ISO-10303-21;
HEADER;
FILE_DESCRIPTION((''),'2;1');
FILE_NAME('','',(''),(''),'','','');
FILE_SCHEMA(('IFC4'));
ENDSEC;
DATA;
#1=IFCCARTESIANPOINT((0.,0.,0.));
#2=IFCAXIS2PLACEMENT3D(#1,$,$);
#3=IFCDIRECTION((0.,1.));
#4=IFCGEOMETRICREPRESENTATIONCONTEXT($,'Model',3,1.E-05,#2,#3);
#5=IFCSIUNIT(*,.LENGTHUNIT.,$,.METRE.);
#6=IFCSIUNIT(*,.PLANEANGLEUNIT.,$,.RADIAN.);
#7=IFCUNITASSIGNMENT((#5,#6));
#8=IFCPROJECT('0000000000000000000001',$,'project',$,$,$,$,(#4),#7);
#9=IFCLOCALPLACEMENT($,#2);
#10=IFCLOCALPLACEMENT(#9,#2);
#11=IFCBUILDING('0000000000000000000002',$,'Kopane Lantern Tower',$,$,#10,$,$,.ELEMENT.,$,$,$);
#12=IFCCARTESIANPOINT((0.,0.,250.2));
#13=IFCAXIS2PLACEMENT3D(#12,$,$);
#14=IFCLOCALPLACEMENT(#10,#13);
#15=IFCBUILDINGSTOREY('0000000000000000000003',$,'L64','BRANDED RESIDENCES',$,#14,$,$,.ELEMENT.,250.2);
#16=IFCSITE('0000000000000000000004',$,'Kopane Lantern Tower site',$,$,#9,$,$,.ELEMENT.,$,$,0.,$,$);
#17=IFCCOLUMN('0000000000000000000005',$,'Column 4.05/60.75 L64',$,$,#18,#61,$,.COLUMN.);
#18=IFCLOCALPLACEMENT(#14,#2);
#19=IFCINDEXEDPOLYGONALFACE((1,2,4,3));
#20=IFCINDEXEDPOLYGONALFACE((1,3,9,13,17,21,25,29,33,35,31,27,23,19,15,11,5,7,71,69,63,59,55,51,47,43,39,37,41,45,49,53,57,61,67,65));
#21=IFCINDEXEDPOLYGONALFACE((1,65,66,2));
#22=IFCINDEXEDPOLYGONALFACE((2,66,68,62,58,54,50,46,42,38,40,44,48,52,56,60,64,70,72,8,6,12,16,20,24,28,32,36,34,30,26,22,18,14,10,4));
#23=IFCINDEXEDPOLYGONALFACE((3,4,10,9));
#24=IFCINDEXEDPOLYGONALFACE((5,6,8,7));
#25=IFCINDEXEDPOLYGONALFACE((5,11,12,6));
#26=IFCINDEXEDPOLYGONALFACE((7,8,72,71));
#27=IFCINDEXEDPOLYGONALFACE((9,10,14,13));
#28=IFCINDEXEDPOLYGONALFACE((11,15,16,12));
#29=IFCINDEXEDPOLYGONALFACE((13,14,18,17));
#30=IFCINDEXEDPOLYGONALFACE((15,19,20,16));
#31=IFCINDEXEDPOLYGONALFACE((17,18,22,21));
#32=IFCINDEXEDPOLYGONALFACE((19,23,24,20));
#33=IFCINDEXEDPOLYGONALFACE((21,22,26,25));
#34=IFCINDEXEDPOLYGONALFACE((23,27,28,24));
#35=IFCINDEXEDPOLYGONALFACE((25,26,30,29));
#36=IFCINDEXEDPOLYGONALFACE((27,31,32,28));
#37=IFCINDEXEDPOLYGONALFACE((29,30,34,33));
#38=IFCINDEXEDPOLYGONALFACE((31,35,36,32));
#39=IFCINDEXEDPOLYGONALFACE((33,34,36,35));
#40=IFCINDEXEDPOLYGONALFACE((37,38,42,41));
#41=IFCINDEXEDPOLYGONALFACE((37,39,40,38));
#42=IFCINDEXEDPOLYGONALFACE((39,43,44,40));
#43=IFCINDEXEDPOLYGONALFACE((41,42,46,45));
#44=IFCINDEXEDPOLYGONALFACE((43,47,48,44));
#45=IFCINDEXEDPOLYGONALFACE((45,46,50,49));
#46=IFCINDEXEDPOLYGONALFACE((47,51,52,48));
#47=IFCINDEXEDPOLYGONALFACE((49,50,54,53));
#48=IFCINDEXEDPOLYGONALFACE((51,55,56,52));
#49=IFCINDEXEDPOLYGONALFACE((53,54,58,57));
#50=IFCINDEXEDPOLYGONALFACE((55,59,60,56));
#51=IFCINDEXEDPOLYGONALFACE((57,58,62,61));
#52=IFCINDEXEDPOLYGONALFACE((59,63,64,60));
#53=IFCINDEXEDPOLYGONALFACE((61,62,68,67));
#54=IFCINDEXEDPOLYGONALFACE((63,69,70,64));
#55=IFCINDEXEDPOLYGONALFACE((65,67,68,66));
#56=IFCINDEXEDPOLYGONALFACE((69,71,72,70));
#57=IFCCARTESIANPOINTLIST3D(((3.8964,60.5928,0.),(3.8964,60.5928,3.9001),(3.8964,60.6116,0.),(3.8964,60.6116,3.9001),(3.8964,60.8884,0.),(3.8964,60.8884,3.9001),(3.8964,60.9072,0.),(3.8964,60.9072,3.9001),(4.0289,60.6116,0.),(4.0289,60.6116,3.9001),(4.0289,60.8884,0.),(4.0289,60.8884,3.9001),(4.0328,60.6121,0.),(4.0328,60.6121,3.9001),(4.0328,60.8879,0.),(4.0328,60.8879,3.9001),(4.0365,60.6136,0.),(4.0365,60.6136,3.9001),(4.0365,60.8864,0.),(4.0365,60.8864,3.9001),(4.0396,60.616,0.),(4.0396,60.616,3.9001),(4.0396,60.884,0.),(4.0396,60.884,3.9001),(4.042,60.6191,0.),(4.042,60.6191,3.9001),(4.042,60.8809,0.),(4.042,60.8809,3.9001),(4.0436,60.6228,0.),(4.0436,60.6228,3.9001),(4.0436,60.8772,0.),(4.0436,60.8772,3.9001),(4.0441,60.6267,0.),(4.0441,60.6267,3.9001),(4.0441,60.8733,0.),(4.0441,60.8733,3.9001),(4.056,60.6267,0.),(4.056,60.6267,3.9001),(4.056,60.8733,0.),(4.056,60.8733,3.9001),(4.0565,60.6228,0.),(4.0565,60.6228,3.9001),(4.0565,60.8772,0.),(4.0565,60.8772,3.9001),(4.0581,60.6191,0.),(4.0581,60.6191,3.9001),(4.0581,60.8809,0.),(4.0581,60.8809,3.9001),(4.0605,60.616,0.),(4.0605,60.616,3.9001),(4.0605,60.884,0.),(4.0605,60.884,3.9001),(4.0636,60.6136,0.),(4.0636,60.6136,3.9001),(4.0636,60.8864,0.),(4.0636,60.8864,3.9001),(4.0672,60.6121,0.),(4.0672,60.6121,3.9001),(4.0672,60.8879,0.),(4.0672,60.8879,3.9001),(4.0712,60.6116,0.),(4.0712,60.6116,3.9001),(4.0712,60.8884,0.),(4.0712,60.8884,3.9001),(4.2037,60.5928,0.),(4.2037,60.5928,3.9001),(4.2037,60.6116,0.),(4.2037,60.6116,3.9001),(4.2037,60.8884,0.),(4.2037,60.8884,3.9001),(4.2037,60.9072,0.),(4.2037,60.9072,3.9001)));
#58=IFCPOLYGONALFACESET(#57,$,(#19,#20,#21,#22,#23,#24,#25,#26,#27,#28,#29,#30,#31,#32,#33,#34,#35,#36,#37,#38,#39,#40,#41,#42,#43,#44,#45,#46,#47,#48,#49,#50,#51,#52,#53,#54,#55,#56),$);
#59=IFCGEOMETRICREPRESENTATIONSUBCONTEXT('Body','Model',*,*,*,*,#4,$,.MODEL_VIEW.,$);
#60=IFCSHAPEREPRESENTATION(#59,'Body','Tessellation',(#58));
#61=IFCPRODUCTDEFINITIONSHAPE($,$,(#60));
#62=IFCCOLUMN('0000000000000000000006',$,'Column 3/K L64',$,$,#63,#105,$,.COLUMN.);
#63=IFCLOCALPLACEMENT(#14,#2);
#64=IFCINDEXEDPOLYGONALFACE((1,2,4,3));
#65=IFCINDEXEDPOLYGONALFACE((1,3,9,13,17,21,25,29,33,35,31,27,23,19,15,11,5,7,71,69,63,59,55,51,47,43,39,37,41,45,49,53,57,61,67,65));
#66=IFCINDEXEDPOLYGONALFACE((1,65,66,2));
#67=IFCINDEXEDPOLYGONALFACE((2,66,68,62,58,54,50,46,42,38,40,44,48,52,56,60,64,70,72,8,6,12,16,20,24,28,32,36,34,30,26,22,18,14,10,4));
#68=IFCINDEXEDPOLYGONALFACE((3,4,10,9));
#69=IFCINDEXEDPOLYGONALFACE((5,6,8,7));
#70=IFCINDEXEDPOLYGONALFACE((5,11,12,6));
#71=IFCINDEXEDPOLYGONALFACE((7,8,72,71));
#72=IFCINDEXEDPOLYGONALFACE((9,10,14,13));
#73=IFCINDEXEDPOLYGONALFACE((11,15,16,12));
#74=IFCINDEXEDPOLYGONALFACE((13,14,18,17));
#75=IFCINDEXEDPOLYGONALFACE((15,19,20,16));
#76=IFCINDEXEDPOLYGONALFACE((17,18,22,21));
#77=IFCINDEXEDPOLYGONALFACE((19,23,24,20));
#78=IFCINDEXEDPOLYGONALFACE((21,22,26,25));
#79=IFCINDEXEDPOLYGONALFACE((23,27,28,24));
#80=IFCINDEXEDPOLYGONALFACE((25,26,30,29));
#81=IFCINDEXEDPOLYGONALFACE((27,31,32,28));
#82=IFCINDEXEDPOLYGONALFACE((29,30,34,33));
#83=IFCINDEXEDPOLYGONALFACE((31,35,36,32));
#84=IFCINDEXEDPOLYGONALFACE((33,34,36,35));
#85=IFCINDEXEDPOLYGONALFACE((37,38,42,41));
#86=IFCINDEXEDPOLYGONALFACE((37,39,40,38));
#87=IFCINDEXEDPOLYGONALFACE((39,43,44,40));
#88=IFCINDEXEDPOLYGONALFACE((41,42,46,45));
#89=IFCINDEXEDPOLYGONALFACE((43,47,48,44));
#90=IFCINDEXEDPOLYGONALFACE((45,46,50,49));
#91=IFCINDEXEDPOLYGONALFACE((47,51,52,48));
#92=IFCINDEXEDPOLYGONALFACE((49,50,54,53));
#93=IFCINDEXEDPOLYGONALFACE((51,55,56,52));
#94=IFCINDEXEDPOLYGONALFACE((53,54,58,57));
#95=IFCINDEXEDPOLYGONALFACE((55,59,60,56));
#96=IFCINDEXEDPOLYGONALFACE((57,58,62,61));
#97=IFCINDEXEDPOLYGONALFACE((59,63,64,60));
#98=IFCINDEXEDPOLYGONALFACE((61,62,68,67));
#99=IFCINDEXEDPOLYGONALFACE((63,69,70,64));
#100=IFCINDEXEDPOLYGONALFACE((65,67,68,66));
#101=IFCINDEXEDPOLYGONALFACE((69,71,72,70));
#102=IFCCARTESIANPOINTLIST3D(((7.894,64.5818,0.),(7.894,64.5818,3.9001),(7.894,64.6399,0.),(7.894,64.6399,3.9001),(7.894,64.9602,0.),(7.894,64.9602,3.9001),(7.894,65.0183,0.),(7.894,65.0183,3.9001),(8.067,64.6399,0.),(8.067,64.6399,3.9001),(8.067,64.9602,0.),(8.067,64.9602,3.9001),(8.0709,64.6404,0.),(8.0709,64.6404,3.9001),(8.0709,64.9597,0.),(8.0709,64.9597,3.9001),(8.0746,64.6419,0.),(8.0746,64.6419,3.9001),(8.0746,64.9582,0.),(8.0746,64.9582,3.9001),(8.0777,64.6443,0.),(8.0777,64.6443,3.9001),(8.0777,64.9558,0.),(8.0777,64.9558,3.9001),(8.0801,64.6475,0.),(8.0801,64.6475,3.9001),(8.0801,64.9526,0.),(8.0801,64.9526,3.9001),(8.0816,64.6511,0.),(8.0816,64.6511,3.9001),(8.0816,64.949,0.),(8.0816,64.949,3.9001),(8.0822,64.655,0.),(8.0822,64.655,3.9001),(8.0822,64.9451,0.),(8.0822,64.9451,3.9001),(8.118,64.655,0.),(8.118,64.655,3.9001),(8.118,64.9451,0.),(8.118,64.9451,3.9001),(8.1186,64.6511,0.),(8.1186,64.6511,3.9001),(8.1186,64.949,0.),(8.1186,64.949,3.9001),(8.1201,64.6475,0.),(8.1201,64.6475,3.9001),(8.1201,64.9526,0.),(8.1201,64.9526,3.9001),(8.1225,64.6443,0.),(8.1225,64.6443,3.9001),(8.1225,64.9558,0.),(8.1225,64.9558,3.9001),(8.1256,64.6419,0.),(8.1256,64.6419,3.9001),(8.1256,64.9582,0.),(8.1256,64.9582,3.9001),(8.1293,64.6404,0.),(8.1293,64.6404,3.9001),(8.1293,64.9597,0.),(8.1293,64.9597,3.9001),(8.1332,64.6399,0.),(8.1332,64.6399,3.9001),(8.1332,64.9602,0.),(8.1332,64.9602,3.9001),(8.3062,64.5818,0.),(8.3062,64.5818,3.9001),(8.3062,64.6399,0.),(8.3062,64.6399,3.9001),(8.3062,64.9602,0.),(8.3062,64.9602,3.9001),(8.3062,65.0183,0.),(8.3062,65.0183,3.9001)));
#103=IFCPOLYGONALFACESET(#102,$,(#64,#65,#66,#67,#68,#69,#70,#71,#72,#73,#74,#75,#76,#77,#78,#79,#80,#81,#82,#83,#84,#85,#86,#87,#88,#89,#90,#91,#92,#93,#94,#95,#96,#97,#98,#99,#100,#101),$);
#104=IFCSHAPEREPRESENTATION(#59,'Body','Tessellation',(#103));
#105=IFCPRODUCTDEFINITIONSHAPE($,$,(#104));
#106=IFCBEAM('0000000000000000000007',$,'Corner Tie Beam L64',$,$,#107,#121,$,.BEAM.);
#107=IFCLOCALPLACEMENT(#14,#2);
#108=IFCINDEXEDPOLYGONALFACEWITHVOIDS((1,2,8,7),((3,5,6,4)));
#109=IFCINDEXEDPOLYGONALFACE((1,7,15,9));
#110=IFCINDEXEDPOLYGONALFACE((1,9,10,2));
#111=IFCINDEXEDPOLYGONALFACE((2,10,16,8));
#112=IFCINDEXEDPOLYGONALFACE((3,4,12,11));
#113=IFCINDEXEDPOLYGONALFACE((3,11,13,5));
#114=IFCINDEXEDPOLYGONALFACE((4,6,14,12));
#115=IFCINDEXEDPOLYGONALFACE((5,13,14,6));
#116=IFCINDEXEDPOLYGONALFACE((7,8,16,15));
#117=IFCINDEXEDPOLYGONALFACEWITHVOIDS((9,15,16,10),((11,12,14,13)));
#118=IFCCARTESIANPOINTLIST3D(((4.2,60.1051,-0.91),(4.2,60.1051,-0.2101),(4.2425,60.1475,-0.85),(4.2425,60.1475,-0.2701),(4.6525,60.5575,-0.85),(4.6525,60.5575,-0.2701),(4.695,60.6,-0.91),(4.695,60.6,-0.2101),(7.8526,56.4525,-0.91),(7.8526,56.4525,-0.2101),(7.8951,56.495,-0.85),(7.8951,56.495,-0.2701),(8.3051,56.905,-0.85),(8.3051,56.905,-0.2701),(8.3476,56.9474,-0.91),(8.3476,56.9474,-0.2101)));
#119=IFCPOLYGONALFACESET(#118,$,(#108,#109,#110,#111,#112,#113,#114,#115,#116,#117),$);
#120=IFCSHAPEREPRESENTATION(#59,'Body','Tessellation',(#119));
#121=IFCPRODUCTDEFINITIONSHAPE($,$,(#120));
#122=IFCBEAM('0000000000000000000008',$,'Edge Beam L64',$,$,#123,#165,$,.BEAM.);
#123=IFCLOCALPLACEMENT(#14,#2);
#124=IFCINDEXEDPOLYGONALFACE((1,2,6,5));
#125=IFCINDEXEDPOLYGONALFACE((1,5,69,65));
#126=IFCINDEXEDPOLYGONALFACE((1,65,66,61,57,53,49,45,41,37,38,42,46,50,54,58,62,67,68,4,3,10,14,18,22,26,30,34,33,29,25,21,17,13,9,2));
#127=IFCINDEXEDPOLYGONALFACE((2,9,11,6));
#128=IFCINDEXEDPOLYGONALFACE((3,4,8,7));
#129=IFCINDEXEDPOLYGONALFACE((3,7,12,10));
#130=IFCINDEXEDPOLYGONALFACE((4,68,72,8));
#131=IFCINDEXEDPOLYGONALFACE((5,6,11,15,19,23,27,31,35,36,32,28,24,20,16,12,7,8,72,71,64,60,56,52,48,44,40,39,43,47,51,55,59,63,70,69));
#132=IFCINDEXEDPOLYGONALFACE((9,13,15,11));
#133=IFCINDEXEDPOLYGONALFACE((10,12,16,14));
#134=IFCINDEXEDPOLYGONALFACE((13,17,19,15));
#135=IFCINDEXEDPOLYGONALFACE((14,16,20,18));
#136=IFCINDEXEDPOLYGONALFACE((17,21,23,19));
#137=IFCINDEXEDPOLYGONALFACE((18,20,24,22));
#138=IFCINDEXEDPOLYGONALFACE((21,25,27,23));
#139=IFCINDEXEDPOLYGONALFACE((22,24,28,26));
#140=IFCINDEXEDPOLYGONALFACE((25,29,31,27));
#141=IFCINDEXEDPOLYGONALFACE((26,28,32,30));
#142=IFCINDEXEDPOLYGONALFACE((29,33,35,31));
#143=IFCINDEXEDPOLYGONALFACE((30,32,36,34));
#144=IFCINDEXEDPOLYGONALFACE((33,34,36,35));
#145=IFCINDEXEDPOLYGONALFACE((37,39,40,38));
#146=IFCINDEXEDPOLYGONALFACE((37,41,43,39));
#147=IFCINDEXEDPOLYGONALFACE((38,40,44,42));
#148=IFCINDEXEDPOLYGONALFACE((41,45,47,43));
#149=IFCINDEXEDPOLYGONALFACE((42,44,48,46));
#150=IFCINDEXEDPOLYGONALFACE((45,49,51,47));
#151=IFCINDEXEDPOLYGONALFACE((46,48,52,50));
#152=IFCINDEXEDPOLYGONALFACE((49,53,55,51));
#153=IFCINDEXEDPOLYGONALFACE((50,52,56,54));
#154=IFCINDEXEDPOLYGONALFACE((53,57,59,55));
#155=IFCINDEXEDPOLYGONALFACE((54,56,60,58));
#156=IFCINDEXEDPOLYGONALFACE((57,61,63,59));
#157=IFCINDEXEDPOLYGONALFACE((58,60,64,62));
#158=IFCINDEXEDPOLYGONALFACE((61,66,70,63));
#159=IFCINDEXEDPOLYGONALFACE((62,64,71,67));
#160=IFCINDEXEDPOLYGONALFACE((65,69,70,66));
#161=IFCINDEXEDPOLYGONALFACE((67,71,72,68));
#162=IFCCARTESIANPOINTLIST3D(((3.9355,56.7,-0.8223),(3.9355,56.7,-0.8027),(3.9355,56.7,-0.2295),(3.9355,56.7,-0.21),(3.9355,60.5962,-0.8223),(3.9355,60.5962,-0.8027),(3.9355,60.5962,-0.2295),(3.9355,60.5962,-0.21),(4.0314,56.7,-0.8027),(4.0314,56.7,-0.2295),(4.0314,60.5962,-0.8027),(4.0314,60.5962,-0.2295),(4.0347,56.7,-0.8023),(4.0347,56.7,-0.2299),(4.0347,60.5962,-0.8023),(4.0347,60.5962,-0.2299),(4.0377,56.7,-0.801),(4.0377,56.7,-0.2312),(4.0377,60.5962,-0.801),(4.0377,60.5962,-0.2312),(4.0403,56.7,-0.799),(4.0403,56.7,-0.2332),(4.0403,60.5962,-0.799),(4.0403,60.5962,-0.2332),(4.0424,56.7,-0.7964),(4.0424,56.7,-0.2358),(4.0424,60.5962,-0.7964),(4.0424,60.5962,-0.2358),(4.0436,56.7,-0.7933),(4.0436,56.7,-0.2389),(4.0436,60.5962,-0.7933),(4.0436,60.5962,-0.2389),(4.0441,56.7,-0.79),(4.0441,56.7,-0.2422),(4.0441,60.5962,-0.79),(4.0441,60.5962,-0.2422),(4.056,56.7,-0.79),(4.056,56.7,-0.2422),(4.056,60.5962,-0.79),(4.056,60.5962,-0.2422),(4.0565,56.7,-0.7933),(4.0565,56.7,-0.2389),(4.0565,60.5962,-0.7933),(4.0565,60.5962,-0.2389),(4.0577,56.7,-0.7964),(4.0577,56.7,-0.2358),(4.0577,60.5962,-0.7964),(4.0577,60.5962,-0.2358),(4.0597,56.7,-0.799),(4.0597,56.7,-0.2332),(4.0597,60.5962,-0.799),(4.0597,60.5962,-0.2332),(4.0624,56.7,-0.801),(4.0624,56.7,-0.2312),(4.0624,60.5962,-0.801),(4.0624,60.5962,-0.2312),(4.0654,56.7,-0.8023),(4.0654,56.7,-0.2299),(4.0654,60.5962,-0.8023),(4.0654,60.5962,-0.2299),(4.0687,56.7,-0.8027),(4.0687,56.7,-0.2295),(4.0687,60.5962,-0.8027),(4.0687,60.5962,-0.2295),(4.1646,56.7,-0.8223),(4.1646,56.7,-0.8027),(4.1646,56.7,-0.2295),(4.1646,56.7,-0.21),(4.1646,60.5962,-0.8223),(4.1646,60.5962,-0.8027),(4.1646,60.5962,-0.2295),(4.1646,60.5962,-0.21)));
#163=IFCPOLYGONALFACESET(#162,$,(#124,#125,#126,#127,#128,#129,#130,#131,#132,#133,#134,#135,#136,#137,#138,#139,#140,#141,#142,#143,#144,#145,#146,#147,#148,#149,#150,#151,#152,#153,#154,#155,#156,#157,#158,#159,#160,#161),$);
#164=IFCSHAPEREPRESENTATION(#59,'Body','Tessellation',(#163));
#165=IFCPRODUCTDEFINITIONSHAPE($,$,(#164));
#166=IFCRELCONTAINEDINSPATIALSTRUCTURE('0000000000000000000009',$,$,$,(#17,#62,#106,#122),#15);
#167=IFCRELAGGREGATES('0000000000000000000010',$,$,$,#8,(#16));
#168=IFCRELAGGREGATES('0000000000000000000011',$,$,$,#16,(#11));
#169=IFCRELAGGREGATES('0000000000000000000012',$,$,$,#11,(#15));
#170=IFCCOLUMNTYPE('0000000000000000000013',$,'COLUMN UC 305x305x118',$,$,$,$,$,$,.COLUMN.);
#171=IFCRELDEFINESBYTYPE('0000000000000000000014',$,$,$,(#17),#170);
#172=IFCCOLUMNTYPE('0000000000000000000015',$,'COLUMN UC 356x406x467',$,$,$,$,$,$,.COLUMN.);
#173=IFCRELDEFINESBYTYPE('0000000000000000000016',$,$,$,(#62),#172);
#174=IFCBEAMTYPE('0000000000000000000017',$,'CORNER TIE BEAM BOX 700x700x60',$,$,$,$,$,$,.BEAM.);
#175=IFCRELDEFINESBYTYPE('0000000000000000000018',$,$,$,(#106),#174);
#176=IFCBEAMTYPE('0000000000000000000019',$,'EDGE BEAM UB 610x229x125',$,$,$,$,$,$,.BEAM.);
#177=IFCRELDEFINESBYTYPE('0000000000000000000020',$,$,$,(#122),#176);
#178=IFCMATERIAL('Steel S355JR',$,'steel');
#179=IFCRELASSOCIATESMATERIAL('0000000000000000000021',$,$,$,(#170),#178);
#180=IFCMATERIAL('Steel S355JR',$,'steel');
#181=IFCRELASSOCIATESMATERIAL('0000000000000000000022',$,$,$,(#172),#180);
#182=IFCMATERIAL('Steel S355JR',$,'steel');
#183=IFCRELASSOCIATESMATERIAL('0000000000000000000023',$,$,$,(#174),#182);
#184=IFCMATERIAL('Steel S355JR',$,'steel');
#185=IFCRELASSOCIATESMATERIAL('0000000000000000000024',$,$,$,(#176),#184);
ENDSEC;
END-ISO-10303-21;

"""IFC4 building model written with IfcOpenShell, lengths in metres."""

from ifc_helpers import new_model, si_unit, direction, frame, origin, origin_2d, place, context, subcontext, project, spatial, hollow_rectangle, i_section, extrude, material, material_profile, profile_set, type_object, element, save


model = new_model("IFC4")

# Units and contexts
model_context = context("Model", 3, precision=1e-05, world=origin(), true_north=direction((0.0, 1.0)))
body_context = subcontext(model_context, "Body", "Model", "MODEL_VIEW")
ifc_project = project(units=[si_unit("LENGTHUNIT", "METRE"), si_unit("PLANEANGLEUNIT", "RADIAN")], contexts=[model_context])

# Site, building, storey
site_placement = place(None, origin())
site = spatial("IfcSite", under=ifc_project, at=site_placement, Name="Kopane Lantern Tower site", CompositionType="ELEMENT", RefElevation=0.0)
building_placement = place(site_placement, origin())
building = spatial("IfcBuilding", under=site, at=building_placement, Name="Kopane Lantern Tower", CompositionType="ELEMENT")
storey_placement = place(building_placement, frame((0.0, 0.0, 250.2)))
storey = spatial("IfcBuildingStorey", under=building, at=storey_placement, Name="L64", Description="BRANDED RESIDENCES", CompositionType="ELEMENT", Elevation=250.2)

# Columns
ifc_material_1 = material(Name="Steel S355JR", Category="steel")
ifc_material_profile_1 = material_profile(ifc_material_1, i_section(OverallWidth=0.3074, OverallDepth=0.3145, WebThickness=0.012, FlangeThickness=0.0188, FilletRadius=0.0151, at=origin_2d()), Name="UC 305x305x118")
ifc_profile_set_1 = profile_set([ifc_material_profile_1], Name="Steel S355JR")
column_type_1 = type_object("IfcColumnType", Name="COLUMN UC 305x305x118", PredefinedType="COLUMN", material=ifc_profile_set_1)
column_1_placement = place(storey_placement, frame((4.05, 60.75, 0.0), z_axis=(0.0, 0.0, 1.0), x_axis=(1.0, 0.0, 0.0)))
element("IfcColumn", 1, at=column_1_placement, inside=storey, type_object=column_type_1, Name="Column 4.05/60.75 L64", PredefinedType="COLUMN", context=body_context, shape_type="SweptSolid", body=[
    extrude(i_section(OverallWidth=0.3074, OverallDepth=0.3145, WebThickness=0.012, FlangeThickness=0.0188, FilletRadius=0.0151, at=origin_2d()), origin(), (0.0, 0.0, 1.0), 3.9001),
])
ifc_material_2 = material(Name="Steel S355JR", Category="steel")
ifc_material_profile_2 = material_profile(ifc_material_2, i_section(OverallWidth=0.4121, OverallDepth=0.4365, WebThickness=0.0359, FlangeThickness=0.0581, FilletRadius=0.0151, at=origin_2d()), Name="UC 356x406x467")
ifc_profile_set_2 = profile_set([ifc_material_profile_2], Name="Steel S355JR")
column_type_2 = type_object("IfcColumnType", Name="COLUMN UC 356x406x467", PredefinedType="COLUMN", material=ifc_profile_set_2)
column_2_placement = place(storey_placement, frame((8.1001, 64.8, 0.0), z_axis=(0.0, 0.0, 1.0), x_axis=(1.0, 0.0, 0.0)))
element("IfcColumn", 2, at=column_2_placement, inside=storey, type_object=column_type_2, Name="Column 3/K L64", PredefinedType="COLUMN", context=body_context, shape_type="SweptSolid", body=[
    extrude(i_section(OverallWidth=0.4121, OverallDepth=0.4365, WebThickness=0.0359, FlangeThickness=0.0581, FilletRadius=0.0151, at=origin_2d()), origin(), (0.0, 0.0, 1.0), 3.9001),
])

# Beams
ifc_material_3 = material(Name="Steel S355JR", Category="steel")
ifc_material_profile_3 = material_profile(ifc_material_3, hollow_rectangle(XDim=0.7, YDim=0.7, WallThickness=0.0601, at=origin_2d()), Name="BOX 700x700x60")
ifc_profile_set_3 = profile_set([ifc_material_profile_3], Name="Steel S355JR")
beam_type_1 = type_object("IfcBeamType", Name="CORNER TIE BEAM BOX 700x700x60", PredefinedType="BEAM", material=ifc_profile_set_3)
beam_1_placement = place(storey_placement, frame((4.4475, 60.3525, -0.5601), z_axis=(0.707107, -0.707107, 0.0), x_axis=(0.707107, 0.707107, 0.0)))
element("IfcBeam", 3, at=beam_1_placement, inside=storey, type_object=beam_type_1, Name="Corner Tie Beam L64", PredefinedType="BEAM", context=body_context, shape_type="SweptSolid", body=[
    extrude(hollow_rectangle(XDim=0.7, YDim=0.7, WallThickness=0.0601, at=origin_2d()), origin(), (0.0, 0.0, 1.0), 5.1655),
])
ifc_material_4 = material(Name="Steel S355JR", Category="steel")
ifc_material_profile_4 = material_profile(ifc_material_4, i_section(OverallWidth=0.229, OverallDepth=0.6123, WebThickness=0.012, FlangeThickness=0.0195, FilletRadius=0.0127, at=origin_2d()), Name="UB 610x229x125")
ifc_profile_set_4 = profile_set([ifc_material_profile_4], Name="Steel S355JR")
beam_type_2 = type_object("IfcBeamType", Name="EDGE BEAM UB 610x229x125", PredefinedType="BEAM", material=ifc_profile_set_4)
beam_2_placement = place(storey_placement, frame((4.05, 60.5962, -0.5161), z_axis=(0.0, -1.0, 0.0), x_axis=(1.0, 0.0, 0.0)))
element("IfcBeam", 4, at=beam_2_placement, inside=storey, type_object=beam_type_2, Name="Edge Beam L64", PredefinedType="BEAM", context=body_context, shape_type="SweptSolid", body=[
    extrude(i_section(OverallWidth=0.229, OverallDepth=0.6123, WebThickness=0.012, FlangeThickness=0.0195, FilletRadius=0.0127, at=origin_2d()), origin(), (0.0, 0.0, 1.0), 3.8962),
])

save(model, "model.ifc")
